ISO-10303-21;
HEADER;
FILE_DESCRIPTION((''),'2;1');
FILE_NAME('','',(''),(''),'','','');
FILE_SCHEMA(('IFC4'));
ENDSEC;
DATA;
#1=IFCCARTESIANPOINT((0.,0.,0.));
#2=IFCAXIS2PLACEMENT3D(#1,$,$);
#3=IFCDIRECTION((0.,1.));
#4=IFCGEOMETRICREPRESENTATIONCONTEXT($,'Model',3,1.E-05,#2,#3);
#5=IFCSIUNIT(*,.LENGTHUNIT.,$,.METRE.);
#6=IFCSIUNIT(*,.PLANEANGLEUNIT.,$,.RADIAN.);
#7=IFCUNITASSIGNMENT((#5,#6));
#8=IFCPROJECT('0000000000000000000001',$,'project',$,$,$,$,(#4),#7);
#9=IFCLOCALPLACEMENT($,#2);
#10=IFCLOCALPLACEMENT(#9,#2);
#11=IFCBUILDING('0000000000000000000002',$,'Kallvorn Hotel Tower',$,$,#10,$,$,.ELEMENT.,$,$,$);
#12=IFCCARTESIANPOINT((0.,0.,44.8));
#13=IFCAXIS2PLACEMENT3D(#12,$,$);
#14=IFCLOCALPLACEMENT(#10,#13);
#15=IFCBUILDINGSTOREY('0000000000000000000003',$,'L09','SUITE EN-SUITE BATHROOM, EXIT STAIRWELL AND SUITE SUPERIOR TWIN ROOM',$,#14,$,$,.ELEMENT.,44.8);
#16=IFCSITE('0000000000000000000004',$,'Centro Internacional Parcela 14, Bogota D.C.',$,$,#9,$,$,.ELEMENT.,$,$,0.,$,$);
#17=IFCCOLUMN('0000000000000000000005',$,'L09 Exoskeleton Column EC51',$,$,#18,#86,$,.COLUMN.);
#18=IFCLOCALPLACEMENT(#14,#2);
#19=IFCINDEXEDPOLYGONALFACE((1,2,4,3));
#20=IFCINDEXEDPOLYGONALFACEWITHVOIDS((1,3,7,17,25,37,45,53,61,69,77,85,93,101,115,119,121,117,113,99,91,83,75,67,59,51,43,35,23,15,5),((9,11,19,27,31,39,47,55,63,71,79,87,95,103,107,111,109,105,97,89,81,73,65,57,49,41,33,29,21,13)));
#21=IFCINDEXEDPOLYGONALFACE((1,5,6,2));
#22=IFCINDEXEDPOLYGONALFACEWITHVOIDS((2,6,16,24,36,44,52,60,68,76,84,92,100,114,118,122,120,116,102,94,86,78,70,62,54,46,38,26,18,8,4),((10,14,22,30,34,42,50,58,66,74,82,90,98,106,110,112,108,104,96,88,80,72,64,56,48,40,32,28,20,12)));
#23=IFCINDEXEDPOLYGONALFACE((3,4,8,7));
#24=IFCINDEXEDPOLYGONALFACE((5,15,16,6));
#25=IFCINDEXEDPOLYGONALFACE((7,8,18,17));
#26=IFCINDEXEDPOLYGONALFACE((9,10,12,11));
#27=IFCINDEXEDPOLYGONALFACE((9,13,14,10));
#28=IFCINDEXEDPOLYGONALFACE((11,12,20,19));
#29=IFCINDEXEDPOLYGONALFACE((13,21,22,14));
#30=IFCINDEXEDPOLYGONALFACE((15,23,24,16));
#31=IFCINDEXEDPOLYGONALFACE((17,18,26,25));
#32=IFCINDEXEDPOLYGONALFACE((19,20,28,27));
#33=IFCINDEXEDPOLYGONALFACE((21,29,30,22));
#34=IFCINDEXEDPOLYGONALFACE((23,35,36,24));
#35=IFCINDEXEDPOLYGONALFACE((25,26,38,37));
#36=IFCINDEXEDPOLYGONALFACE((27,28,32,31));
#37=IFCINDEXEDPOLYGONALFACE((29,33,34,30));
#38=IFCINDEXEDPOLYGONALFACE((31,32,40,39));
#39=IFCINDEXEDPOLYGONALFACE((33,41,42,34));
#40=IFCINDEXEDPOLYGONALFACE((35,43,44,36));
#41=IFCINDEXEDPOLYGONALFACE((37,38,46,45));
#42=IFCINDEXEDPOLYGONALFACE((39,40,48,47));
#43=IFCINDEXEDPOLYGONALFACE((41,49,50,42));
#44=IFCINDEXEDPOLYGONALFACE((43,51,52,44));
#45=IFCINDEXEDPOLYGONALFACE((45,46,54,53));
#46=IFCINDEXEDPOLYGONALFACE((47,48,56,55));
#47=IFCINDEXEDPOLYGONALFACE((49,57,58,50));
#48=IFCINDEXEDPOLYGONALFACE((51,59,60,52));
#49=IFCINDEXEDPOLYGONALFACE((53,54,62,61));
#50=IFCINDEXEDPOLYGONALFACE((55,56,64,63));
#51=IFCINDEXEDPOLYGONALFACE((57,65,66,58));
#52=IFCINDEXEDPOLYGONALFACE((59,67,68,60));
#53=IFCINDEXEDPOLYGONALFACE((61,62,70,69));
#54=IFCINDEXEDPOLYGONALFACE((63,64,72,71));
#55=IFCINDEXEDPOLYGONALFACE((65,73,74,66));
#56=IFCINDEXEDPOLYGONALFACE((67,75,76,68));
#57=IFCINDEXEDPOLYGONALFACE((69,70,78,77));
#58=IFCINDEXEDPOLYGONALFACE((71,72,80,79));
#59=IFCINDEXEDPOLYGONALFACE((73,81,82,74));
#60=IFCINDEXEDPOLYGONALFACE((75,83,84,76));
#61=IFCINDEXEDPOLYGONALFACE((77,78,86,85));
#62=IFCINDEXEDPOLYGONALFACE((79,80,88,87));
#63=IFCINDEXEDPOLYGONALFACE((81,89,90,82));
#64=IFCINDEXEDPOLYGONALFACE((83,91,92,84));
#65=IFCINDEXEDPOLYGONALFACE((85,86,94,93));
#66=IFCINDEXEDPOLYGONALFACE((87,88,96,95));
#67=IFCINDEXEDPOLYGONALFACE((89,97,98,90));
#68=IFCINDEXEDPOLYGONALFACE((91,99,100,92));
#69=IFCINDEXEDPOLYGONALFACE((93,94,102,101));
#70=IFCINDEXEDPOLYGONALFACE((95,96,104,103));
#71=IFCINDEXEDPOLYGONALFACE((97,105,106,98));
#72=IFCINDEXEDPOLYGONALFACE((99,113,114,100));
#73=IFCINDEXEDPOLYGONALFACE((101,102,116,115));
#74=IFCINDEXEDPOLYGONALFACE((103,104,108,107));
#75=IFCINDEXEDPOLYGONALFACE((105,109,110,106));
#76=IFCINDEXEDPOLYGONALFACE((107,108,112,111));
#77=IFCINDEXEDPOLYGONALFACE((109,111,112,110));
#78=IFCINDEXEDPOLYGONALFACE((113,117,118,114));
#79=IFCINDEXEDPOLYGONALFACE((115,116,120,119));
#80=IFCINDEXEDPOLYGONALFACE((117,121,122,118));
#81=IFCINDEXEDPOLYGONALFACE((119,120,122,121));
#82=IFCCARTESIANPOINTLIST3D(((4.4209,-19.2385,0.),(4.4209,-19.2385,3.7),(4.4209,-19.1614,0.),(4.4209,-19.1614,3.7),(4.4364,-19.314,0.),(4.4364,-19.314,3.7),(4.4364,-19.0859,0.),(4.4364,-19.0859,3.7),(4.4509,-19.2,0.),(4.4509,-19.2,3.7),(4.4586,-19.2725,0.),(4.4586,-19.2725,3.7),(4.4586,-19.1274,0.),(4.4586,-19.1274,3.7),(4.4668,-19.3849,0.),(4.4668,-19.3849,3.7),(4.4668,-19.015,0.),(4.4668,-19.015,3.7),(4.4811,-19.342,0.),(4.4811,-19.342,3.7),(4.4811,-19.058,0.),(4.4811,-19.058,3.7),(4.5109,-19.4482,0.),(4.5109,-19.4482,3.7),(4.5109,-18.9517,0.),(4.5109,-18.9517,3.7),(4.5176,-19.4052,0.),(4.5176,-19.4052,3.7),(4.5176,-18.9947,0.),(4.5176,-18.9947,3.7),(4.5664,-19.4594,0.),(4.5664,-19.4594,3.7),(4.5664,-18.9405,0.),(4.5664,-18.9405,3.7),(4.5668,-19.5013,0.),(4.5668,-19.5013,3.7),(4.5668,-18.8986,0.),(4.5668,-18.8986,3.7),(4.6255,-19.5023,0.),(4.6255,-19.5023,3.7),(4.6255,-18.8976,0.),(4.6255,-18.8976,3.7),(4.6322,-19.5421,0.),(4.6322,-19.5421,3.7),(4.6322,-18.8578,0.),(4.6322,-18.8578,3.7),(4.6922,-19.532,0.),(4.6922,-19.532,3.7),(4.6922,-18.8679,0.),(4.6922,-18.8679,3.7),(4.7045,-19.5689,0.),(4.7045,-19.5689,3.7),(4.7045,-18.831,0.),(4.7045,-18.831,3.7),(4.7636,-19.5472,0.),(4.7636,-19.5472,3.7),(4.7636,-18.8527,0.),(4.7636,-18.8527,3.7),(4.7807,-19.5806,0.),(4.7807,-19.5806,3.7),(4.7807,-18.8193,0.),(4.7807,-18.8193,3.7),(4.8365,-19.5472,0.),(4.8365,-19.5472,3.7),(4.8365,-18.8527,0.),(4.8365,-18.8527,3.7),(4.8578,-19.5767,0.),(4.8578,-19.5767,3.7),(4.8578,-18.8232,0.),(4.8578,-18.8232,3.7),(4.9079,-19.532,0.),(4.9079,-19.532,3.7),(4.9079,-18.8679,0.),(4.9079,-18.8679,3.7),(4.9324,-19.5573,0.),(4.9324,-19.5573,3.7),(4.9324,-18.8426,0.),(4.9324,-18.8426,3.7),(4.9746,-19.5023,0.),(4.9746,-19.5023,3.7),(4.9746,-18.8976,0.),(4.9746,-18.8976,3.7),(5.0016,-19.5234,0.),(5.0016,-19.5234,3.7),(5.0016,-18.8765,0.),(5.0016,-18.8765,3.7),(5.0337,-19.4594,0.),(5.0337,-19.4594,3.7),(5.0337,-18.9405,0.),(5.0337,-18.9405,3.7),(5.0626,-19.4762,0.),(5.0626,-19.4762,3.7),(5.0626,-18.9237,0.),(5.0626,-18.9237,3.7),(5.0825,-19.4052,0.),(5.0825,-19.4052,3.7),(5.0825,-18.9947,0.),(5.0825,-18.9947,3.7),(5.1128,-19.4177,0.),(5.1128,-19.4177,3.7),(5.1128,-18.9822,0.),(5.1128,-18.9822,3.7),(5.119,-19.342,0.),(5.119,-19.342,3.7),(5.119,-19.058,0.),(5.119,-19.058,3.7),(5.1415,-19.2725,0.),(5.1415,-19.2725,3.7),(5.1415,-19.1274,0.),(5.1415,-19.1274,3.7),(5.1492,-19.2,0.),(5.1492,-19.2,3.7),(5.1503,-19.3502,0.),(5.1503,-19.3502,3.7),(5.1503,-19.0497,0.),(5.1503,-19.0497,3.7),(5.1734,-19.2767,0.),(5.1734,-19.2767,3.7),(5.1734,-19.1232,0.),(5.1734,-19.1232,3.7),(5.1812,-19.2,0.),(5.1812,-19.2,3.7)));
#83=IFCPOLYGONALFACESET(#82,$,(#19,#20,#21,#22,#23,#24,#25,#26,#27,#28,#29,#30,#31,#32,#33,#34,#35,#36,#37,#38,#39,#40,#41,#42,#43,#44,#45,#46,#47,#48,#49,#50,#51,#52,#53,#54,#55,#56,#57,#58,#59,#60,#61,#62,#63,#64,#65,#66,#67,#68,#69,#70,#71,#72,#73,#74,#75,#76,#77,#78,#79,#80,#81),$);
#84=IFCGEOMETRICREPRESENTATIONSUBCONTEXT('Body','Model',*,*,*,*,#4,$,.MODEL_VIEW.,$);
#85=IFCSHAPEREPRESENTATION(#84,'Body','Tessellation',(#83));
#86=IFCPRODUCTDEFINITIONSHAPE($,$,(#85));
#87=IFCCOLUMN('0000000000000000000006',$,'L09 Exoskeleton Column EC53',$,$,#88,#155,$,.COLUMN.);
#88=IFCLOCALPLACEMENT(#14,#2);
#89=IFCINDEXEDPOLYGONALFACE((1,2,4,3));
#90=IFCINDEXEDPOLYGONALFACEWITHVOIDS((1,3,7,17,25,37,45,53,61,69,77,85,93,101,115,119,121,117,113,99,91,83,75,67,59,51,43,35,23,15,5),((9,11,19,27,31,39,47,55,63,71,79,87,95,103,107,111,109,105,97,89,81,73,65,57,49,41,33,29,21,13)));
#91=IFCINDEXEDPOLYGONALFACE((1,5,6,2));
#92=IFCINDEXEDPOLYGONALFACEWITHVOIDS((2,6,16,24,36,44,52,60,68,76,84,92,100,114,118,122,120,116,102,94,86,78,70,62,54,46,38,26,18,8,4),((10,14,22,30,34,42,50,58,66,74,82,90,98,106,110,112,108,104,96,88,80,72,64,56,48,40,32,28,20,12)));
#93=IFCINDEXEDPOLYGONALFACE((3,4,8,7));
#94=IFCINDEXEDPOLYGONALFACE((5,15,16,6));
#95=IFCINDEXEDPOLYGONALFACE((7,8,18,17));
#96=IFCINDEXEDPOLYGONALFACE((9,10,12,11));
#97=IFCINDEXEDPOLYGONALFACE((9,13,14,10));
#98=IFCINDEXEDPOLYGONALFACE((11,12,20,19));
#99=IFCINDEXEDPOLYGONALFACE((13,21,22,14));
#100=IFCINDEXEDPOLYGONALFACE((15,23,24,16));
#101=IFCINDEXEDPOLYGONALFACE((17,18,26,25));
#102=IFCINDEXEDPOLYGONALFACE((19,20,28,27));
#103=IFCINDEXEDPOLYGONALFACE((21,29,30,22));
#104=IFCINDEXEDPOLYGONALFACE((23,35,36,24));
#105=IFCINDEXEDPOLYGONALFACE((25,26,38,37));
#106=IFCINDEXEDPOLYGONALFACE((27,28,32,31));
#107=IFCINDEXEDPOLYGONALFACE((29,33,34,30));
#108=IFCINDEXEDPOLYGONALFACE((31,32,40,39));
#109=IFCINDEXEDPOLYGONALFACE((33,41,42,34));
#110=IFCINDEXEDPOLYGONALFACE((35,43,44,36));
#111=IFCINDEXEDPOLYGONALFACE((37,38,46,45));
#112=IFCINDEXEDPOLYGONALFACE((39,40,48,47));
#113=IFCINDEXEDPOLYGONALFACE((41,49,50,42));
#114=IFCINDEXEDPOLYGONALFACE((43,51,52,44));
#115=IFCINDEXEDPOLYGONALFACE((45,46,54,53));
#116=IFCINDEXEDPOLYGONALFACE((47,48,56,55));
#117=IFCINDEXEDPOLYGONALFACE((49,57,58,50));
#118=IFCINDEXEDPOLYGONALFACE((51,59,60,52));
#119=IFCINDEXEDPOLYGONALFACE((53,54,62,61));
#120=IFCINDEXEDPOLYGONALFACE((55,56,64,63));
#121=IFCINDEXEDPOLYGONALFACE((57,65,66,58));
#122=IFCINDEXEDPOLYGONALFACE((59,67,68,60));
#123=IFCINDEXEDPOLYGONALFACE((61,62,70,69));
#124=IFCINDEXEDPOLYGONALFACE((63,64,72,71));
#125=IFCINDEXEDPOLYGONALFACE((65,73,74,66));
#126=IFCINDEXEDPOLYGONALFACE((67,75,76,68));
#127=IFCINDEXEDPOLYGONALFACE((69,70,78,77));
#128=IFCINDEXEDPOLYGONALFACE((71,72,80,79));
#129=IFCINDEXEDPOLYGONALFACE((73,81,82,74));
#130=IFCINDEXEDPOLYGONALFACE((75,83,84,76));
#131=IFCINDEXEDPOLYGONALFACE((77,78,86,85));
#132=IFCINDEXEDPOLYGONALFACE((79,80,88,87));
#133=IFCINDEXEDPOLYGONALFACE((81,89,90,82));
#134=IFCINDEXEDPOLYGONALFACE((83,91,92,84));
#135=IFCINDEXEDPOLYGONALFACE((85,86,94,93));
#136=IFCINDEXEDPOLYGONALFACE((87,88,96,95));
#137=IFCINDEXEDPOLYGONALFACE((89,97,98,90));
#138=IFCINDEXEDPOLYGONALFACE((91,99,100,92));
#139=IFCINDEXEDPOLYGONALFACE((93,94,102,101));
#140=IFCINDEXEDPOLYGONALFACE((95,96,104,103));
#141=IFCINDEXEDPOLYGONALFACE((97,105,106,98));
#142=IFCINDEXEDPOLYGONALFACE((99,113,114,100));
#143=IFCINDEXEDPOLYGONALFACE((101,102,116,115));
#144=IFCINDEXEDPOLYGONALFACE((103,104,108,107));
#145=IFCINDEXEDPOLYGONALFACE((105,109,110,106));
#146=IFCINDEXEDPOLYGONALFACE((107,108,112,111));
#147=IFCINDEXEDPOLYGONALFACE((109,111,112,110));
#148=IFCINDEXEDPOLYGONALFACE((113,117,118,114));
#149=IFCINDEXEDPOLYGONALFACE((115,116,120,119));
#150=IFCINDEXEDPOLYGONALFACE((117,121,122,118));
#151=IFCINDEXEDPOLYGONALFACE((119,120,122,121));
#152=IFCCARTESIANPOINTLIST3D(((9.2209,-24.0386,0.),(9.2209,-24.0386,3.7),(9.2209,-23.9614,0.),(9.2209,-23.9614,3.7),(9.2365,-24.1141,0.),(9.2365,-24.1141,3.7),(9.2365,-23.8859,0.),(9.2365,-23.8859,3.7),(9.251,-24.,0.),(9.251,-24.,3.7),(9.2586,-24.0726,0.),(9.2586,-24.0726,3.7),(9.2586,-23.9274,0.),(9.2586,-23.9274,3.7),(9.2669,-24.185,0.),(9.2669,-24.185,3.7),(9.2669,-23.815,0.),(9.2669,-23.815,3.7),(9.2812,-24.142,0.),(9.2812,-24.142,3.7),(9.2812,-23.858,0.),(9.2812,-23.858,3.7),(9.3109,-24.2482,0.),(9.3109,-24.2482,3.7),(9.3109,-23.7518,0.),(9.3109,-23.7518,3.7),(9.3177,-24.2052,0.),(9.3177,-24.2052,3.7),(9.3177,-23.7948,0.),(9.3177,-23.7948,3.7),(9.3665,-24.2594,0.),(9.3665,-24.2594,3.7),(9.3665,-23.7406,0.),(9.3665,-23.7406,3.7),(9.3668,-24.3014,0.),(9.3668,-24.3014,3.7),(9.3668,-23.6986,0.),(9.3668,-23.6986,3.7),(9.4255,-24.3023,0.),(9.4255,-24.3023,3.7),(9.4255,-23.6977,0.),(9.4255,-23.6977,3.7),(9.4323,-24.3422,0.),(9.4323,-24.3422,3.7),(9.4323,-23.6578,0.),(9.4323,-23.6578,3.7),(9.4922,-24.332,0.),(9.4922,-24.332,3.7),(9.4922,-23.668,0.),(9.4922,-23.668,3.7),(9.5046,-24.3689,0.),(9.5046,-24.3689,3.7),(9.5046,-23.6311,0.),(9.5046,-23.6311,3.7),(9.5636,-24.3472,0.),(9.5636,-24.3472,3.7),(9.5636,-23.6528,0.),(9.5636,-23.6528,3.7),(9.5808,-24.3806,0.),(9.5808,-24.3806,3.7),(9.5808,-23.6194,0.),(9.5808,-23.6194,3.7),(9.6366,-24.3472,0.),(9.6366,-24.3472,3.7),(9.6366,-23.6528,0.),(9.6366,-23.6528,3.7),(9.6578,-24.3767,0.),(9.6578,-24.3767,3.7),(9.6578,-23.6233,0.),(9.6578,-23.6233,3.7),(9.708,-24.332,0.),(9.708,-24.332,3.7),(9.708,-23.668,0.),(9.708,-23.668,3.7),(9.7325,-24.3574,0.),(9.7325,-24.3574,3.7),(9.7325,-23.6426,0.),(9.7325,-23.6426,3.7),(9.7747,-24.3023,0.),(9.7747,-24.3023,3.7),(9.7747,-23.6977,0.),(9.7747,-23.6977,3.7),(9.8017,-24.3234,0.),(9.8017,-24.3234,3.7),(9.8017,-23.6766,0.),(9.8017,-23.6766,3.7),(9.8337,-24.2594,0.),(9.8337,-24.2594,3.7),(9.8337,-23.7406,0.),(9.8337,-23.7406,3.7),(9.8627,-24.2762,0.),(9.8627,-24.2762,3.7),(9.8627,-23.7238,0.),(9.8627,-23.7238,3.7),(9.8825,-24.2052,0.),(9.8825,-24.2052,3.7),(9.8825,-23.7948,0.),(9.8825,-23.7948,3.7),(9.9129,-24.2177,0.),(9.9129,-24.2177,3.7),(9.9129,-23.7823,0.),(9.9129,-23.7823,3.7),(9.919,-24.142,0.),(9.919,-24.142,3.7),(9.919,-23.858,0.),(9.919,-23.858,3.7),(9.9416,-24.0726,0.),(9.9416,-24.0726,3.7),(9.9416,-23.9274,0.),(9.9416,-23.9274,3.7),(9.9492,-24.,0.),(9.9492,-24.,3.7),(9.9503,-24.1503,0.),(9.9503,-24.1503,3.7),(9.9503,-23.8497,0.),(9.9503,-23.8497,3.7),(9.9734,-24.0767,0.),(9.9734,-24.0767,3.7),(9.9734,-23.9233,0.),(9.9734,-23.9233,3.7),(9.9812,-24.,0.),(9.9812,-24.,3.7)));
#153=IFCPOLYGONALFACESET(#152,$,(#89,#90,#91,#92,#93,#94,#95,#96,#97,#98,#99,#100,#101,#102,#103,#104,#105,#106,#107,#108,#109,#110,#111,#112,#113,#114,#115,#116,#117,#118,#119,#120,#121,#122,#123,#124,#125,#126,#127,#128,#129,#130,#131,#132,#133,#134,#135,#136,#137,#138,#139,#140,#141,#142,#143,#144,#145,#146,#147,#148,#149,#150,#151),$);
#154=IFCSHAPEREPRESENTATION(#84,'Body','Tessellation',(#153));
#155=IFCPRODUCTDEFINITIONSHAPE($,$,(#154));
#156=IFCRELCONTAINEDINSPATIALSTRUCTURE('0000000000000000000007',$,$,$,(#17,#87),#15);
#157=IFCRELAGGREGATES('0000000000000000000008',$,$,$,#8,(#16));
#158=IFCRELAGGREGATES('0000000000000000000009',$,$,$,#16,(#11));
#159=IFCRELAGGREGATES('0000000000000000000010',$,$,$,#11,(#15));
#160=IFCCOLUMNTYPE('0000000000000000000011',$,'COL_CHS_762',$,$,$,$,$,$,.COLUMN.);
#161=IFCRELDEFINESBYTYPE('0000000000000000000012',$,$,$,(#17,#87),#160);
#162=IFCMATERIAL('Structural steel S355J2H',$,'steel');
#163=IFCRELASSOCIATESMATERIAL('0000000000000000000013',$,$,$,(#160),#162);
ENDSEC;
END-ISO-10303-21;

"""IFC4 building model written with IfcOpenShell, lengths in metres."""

from ifc_helpers import new_model, si_unit, direction, frame, origin, origin_2d, place, context, subcontext, project, spatial, hollow_circle, extrude, material, material_profile, profile_set, type_object, element, save


model = new_model("IFC4")

# Units and contexts
model_context = context("Model", 3, precision=1e-05, world=origin(), true_north=direction((0.0, 1.0)))
body_context = subcontext(model_context, "Body", "Model", "MODEL_VIEW")
ifc_project = project(units=[si_unit("LENGTHUNIT", "METRE"), si_unit("PLANEANGLEUNIT", "RADIAN")], contexts=[model_context])

# Site, building, storey
site_placement = place(None, origin())
site = spatial("IfcSite", under=ifc_project, at=site_placement, Name="Centro Internacional Parcela 14, Bogota D.C.", CompositionType="ELEMENT", RefElevation=0.0)
building_placement = place(site_placement, origin())
building = spatial("IfcBuilding", under=site, at=building_placement, Name="Kallvorn Hotel Tower", CompositionType="ELEMENT")
storey_placement = place(building_placement, frame((0.0, 0.0, 44.8)))
storey = spatial("IfcBuildingStorey", under=building, at=storey_placement, Name="L09", Description="SUITE EN-SUITE BATHROOM, EXIT STAIRWELL AND SUITE SUPERIOR TWIN ROOM", CompositionType="ELEMENT", Elevation=44.8)

# Columns
ifc_material_1 = material(Name="Structural steel S355J2H", Category="steel")
ifc_material_profile_1 = material_profile(ifc_material_1, hollow_circle(Radius=0.3811, WallThickness=0.032, at=origin_2d()), Name="CHS 762x32")
ifc_profile_set_1 = profile_set([ifc_material_profile_1], Name="Structural steel S355J2H")
column_type_1 = type_object("IfcColumnType", Name="COL_CHS_762", PredefinedType="COLUMN", material=ifc_profile_set_1)
for number, where, z_axis, x_axis, name in (
    (1, (4.8, -19.2, 0.0), (0.0, 0.0, 1.0), (1.0, 0.0, 0.0), "L09 Exoskeleton Column EC51"),
    (2, (9.6001, -24.0, 0.0), (0.0, 0.0, 1.0), (1.0, 0.0, 0.0), "L09 Exoskeleton Column EC53"),
):
    element("IfcColumn", number, at=place(storey_placement, frame(where, z_axis=z_axis, x_axis=x_axis)), inside=storey, type_object=column_type_1, Name=name, PredefinedType="COLUMN", context=body_context, shape_type="SweptSolid", body=[
        extrude(hollow_circle(Radius=0.3811, WallThickness=0.032, at=origin_2d()), origin(), (0.0, 0.0, 1.0), 3.7),
    ])

save(model, "model.ifc")
